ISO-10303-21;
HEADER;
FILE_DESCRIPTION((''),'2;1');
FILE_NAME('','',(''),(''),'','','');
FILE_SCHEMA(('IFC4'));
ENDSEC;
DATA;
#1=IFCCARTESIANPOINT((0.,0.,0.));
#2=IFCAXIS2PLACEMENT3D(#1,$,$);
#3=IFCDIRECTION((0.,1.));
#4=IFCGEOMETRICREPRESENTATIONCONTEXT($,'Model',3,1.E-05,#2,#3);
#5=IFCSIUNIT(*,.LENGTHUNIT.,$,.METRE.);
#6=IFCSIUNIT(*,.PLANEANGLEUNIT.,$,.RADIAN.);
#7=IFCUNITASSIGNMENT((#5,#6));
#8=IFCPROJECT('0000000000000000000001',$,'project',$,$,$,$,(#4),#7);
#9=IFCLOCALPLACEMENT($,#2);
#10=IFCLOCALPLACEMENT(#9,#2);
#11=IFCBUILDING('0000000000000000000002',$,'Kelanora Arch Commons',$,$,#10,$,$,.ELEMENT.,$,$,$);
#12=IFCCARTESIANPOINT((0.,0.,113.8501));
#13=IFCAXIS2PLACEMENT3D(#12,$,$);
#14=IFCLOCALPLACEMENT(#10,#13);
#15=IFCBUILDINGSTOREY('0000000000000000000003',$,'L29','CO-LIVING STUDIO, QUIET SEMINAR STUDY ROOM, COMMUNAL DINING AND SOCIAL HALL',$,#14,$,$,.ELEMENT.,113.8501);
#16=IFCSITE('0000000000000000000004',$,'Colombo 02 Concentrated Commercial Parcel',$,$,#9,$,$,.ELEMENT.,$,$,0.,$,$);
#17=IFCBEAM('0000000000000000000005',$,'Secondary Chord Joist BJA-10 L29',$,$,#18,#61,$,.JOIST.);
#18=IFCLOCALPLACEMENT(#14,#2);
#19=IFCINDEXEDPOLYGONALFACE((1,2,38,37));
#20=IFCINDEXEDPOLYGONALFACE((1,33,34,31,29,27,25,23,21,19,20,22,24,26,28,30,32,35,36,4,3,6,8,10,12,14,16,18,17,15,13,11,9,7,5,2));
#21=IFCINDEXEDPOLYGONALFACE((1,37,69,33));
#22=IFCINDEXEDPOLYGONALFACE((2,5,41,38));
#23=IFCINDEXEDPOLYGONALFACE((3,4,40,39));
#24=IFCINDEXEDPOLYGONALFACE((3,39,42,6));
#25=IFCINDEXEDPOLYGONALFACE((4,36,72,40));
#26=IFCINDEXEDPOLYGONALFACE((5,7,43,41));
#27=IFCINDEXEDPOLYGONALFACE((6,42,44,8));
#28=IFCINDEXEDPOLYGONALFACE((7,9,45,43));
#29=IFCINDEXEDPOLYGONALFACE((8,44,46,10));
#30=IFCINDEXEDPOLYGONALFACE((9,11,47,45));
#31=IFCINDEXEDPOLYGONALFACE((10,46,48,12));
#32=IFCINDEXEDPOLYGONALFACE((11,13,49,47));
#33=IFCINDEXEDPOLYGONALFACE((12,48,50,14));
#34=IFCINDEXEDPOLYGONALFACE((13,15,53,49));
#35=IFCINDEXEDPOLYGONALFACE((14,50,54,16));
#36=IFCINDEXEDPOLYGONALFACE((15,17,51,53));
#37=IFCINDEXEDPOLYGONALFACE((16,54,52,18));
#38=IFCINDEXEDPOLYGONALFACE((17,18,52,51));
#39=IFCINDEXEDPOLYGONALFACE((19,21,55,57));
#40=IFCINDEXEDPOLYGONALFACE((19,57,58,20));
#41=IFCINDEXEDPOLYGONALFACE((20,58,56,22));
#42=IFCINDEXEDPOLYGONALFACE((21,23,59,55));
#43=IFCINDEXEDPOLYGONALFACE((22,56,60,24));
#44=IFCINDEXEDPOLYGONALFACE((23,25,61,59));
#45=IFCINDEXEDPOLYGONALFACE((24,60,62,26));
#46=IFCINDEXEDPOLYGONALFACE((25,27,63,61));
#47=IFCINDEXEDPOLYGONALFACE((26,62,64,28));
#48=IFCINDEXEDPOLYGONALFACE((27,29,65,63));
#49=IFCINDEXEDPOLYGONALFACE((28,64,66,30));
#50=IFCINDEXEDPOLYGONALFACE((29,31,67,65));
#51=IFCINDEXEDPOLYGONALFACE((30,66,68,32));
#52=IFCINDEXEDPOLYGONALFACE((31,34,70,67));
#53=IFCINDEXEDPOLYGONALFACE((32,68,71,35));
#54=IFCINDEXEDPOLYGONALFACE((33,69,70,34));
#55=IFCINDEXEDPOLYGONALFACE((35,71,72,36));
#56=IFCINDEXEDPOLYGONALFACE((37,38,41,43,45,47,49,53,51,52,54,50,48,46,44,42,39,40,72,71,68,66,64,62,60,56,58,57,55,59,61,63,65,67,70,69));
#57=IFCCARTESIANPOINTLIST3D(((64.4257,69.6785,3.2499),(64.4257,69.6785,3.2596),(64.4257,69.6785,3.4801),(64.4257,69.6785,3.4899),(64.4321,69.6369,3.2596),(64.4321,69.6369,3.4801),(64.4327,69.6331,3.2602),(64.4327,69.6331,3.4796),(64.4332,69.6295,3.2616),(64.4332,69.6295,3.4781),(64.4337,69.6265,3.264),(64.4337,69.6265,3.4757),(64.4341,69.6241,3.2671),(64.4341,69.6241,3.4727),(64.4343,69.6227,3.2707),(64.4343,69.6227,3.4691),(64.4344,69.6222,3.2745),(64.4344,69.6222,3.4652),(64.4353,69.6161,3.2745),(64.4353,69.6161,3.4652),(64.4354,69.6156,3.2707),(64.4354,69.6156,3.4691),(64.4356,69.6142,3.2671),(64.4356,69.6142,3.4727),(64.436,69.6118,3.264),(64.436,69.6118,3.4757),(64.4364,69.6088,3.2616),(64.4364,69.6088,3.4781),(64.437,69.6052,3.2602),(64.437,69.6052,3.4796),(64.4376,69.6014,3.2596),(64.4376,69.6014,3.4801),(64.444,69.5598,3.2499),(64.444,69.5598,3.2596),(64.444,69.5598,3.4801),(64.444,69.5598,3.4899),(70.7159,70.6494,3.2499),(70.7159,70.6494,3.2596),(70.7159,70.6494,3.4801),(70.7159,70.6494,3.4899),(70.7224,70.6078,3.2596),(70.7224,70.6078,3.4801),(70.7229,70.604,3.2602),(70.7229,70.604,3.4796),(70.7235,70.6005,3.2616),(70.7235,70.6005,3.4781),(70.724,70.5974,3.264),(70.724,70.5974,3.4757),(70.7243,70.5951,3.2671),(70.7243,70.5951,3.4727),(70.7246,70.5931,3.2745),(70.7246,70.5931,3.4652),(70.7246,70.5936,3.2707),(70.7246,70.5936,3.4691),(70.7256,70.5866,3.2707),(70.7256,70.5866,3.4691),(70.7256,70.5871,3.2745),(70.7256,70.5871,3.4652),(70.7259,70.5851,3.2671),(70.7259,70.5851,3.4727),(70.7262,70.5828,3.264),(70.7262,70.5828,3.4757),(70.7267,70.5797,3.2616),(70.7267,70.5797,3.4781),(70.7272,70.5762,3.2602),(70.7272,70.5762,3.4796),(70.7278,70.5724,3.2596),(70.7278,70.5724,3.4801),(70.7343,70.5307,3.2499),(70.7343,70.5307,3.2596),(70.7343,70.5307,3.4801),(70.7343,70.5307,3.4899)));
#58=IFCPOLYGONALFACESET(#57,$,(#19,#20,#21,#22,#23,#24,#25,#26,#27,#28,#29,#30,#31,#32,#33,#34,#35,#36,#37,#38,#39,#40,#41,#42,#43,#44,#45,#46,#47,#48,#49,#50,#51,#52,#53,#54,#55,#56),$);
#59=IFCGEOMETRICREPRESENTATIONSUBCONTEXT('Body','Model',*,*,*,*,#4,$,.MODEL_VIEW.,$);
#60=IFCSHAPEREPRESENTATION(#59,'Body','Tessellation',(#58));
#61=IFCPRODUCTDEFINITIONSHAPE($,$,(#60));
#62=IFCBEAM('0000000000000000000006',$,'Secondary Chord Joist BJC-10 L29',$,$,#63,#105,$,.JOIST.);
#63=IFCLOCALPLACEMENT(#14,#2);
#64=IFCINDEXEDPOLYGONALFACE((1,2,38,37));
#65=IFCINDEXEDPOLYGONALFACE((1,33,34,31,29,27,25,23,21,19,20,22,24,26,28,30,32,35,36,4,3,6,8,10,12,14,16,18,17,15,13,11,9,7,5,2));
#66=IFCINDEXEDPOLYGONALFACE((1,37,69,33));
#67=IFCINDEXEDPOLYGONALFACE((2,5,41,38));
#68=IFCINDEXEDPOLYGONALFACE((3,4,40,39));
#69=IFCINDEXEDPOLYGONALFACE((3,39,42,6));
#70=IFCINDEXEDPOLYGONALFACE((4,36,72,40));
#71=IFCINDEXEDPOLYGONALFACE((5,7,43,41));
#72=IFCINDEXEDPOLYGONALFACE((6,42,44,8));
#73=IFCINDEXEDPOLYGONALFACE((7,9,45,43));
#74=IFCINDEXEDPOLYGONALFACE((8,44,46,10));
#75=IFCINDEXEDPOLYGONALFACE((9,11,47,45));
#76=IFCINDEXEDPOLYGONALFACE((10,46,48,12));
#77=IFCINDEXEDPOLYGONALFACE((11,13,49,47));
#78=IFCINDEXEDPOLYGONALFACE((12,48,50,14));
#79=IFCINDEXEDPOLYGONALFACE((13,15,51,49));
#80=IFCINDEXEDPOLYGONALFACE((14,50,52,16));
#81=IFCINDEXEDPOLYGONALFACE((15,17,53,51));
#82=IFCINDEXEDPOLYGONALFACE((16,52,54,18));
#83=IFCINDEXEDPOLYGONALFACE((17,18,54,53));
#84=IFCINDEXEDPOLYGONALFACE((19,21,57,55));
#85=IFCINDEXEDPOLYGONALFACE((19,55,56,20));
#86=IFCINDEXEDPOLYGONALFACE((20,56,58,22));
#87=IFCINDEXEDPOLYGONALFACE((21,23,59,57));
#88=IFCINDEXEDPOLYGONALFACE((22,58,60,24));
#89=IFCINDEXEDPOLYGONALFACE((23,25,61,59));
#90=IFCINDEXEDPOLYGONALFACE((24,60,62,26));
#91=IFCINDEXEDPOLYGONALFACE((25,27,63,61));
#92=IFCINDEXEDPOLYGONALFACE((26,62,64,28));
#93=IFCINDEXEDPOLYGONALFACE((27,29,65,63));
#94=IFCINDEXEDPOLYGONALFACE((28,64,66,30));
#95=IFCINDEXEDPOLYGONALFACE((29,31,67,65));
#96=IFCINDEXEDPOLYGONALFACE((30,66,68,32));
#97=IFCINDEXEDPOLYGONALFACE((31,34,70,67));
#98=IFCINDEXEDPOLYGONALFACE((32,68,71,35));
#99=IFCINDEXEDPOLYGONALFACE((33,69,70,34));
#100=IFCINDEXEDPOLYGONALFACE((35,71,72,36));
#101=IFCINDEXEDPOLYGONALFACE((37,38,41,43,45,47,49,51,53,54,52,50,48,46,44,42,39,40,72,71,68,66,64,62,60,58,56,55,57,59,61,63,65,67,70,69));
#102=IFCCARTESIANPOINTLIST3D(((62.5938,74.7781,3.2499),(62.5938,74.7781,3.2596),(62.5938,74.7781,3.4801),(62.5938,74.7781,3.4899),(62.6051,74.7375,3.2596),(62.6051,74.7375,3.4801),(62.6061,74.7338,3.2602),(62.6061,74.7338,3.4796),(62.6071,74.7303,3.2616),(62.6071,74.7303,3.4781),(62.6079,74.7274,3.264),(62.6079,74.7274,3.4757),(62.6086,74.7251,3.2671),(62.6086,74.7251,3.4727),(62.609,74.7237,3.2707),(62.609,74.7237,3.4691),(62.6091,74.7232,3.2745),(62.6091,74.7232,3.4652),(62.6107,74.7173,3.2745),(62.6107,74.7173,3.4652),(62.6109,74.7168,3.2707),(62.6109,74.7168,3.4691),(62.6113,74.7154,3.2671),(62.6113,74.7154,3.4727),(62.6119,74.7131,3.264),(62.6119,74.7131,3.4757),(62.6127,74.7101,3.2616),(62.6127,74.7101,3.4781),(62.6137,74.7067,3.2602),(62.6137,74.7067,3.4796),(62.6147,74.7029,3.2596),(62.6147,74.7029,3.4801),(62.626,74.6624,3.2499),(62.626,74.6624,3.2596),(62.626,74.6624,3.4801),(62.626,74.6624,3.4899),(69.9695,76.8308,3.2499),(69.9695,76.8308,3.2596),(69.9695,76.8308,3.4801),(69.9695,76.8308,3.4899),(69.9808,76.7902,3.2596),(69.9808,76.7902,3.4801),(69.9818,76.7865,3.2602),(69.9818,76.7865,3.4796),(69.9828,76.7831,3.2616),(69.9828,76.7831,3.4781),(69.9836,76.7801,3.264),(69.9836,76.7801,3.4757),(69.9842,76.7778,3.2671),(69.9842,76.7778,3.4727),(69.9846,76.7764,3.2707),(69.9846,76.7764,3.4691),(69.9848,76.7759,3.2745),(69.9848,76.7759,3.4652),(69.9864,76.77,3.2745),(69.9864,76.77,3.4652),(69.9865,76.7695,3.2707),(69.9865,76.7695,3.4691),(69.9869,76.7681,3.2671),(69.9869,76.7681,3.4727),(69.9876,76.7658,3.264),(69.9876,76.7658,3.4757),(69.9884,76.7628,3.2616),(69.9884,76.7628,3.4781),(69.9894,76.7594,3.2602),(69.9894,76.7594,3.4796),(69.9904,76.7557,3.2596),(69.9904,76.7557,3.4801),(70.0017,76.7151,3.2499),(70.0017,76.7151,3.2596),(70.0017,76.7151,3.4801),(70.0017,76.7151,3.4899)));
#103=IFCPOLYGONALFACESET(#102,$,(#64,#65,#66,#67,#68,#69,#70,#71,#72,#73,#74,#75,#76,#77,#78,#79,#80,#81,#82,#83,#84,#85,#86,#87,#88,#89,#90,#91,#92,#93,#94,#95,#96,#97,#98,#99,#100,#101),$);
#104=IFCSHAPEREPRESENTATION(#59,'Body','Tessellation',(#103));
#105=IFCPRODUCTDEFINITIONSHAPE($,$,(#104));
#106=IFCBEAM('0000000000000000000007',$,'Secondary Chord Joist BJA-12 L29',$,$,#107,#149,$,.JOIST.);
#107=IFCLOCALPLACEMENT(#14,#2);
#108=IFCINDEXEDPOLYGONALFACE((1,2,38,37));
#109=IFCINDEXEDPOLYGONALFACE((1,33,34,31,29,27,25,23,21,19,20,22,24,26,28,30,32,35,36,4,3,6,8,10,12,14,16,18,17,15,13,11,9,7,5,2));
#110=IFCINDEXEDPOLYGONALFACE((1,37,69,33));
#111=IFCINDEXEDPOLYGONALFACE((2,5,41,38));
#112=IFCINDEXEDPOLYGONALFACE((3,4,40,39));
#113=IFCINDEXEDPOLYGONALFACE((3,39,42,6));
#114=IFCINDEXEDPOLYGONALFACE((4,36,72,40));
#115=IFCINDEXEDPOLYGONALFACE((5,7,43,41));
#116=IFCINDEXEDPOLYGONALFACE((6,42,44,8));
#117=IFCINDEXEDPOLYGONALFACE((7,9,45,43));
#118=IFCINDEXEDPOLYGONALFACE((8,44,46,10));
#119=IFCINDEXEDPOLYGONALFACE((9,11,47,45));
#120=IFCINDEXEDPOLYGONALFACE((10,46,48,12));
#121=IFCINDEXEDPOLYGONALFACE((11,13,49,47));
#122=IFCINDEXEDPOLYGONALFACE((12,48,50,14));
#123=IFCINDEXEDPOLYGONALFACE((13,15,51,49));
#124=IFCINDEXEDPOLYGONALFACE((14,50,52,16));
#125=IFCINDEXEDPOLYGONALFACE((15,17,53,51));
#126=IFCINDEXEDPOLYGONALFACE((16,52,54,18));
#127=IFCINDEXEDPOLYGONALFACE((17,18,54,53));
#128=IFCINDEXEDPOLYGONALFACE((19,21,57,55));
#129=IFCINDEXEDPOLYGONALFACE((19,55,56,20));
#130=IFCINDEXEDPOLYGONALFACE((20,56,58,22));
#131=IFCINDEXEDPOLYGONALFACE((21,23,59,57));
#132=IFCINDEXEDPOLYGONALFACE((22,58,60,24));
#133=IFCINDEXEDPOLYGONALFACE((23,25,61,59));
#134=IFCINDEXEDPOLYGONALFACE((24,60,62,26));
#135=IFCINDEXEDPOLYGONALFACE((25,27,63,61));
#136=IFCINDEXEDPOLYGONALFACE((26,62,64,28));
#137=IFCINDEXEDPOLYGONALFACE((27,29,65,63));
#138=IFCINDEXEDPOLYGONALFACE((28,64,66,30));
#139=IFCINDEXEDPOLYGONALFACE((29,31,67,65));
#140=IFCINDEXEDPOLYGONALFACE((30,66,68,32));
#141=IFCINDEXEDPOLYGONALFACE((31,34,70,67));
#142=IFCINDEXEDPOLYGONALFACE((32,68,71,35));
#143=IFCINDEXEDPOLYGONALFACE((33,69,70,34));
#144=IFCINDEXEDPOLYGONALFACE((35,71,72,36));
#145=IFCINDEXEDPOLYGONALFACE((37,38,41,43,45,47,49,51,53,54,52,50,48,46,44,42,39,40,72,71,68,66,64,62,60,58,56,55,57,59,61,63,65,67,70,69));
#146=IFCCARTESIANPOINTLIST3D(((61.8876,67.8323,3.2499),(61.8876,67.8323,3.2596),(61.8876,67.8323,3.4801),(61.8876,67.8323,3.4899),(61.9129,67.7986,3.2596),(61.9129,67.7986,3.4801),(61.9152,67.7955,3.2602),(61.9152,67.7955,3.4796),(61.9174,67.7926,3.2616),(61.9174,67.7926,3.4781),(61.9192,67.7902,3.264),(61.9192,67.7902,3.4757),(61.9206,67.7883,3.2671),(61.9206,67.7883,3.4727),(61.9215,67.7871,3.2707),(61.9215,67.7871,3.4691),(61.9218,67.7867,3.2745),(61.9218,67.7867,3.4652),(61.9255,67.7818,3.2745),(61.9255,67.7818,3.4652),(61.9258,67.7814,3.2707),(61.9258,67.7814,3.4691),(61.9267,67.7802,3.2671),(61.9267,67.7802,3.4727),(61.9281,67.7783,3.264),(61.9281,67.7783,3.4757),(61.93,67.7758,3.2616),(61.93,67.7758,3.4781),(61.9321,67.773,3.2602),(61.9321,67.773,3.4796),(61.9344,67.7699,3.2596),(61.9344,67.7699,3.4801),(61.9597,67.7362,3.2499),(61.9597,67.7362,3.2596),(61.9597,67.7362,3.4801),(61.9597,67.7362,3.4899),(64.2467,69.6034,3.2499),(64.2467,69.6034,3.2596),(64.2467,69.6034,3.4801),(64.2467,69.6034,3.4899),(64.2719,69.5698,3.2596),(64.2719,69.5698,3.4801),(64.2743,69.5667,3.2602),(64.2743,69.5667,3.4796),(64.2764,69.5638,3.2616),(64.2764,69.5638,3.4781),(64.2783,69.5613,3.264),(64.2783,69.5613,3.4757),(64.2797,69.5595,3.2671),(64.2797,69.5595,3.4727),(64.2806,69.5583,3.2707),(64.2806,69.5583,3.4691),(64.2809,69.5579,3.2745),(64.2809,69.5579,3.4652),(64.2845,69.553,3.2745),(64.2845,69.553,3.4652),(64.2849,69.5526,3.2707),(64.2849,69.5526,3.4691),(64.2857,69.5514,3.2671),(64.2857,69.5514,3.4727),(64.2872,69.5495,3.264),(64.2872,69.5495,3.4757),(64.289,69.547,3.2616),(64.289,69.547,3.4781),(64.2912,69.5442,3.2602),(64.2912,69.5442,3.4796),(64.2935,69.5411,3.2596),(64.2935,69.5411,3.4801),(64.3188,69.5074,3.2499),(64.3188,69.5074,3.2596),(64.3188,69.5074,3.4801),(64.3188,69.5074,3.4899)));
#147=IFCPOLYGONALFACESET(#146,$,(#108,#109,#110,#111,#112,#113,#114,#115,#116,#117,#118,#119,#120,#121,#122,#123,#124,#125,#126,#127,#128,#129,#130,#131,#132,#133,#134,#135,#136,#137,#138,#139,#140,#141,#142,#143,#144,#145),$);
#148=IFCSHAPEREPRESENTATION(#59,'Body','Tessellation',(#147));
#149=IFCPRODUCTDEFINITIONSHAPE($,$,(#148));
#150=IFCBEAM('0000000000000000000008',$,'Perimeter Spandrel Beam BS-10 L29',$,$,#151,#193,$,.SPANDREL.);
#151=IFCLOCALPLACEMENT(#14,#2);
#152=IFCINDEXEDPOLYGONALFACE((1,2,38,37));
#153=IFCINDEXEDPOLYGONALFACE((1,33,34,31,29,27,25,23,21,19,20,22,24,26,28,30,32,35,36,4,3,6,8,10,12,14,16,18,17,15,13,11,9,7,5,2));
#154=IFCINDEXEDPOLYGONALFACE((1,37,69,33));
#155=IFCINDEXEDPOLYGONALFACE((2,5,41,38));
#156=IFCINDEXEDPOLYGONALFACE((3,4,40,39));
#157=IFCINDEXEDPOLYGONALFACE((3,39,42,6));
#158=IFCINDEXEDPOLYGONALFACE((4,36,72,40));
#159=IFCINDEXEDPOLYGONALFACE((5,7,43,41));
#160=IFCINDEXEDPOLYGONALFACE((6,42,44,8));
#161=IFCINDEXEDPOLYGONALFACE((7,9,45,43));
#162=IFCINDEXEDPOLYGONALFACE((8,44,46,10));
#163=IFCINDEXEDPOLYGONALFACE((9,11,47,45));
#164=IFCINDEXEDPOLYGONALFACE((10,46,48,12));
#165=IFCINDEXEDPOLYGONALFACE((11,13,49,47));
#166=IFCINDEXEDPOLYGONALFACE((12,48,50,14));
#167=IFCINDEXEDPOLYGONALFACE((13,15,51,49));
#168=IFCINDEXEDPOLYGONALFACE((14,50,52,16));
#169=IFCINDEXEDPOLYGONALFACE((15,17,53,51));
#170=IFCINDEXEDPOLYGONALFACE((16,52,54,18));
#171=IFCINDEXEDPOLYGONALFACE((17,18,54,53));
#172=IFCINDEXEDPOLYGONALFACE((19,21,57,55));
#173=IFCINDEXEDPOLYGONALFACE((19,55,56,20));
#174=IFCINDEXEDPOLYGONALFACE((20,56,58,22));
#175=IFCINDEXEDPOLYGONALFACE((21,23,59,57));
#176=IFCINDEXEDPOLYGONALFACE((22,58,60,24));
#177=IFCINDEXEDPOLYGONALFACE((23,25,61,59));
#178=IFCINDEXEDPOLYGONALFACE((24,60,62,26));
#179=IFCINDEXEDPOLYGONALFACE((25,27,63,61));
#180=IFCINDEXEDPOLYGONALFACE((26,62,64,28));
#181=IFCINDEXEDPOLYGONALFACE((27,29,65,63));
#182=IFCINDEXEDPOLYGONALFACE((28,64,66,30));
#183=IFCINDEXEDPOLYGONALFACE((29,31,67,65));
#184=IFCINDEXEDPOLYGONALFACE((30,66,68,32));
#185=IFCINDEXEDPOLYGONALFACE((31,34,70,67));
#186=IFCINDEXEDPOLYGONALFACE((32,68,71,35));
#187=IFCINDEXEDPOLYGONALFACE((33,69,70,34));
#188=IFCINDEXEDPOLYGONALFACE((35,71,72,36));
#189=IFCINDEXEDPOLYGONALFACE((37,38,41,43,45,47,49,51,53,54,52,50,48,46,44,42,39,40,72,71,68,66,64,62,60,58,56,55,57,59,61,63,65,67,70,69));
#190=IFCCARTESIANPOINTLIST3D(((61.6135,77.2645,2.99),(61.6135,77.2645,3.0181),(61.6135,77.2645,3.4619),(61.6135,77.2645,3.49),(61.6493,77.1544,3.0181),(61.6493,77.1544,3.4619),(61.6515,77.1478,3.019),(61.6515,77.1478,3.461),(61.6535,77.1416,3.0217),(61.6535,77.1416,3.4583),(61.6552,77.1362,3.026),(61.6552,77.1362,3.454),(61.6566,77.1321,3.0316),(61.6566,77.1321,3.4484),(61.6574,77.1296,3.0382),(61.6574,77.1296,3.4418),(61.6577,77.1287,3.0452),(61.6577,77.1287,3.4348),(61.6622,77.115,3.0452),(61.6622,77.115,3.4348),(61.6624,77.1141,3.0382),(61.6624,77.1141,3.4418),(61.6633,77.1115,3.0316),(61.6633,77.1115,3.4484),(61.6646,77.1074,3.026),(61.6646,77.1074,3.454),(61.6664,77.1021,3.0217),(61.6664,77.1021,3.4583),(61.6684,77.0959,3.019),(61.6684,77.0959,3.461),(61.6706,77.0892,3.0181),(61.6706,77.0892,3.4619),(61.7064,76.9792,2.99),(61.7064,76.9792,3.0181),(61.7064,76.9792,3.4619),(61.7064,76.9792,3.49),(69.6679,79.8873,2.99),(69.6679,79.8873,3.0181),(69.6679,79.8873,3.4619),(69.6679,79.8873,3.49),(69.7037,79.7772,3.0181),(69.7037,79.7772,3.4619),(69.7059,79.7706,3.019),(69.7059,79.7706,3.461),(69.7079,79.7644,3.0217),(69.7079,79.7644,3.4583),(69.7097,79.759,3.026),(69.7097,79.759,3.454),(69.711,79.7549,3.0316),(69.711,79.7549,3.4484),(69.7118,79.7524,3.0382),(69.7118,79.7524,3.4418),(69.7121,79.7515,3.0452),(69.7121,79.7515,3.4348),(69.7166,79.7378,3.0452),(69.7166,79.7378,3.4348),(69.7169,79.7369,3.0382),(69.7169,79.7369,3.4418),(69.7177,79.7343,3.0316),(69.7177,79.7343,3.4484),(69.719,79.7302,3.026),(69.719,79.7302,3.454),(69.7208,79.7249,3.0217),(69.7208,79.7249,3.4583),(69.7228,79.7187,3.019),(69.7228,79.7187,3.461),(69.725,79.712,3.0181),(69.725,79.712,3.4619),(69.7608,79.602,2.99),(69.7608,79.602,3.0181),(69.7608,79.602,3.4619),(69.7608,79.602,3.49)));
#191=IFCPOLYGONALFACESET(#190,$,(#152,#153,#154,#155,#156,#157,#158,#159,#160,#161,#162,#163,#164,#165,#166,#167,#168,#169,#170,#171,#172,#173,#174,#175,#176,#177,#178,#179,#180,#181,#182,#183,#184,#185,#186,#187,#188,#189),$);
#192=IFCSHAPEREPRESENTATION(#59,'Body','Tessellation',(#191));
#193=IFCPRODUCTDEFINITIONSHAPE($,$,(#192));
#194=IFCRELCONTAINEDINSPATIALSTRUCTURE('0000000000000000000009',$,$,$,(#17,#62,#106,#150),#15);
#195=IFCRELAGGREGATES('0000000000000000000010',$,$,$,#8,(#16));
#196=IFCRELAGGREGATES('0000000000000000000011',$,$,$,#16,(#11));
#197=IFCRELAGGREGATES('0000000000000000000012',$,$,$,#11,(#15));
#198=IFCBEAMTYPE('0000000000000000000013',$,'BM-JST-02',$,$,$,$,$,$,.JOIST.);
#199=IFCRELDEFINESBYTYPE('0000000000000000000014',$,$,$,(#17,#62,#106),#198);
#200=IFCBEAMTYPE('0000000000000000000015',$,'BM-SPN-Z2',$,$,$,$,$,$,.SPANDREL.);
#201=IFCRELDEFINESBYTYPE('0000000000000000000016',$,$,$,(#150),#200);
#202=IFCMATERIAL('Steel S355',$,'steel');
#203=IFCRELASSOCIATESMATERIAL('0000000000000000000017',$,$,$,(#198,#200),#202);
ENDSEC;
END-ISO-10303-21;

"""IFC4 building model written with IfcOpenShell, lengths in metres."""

from ifc_helpers import new_model, si_unit, direction, frame, origin, origin_2d, place, context, subcontext, project, spatial, i_section, extrude, material, material_profile, profile_set, type_object, element, save


model = new_model("IFC4")

# Units and contexts
model_context = context("Model", 3, precision=1e-05, world=origin(), true_north=direction((0.0, 1.0)))
body_context = subcontext(model_context, "Body", "Model", "MODEL_VIEW")
ifc_project = project(units=[si_unit("LENGTHUNIT", "METRE"), si_unit("PLANEANGLEUNIT", "RADIAN")], contexts=[model_context])

# Site, building, storey
site_placement = place(None, origin())
site = spatial("IfcSite", under=ifc_project, at=site_placement, Name="Colombo 02 Concentrated Commercial Parcel", CompositionType="ELEMENT", RefElevation=0.0)
building_placement = place(site_placement, origin())
building = spatial("IfcBuilding", under=site, at=building_placement, Name="Kelanora Arch Commons", CompositionType="ELEMENT")
storey_placement = place(building_placement, frame((0.0, 0.0, 113.8501)))
storey = spatial("IfcBuildingStorey", under=building, at=storey_placement, Name="L29", Description="CO-LIVING STUDIO, QUIET SEMINAR STUDY ROOM, COMMUNAL DINING AND SOCIAL HALL", CompositionType="ELEMENT", Elevation=113.8501)

# Beams
ifc_material_1 = material(Name="Steel S355", Category="steel")
ifc_material_profile_1 = material_profile(ifc_material_1, i_section(OverallWidth=0.1201, OverallDepth=0.24, WebThickness=0.0061, FlangeThickness=0.0098, FilletRadius=0.0149, at=origin_2d()), Name="IPE240")
ifc_profile_set_1 = profile_set([ifc_material_profile_1], Name="Steel S355")
beam_type_1 = type_object("IfcBeamType", Name="BM-JST-02", PredefinedType="JOIST", material=ifc_profile_set_1)
beam_1_placement = place(storey_placement, frame((70.7251, 70.5901, 3.3699), z_axis=(-0.988296, -0.15255, 0.0), x_axis=(0.15255, -0.988296, 0.0)))
element("IfcBeam", 1, at=beam_1_placement, inside=storey, type_object=beam_type_1, Name="Secondary Chord Joist BJA-10 L29", PredefinedType="JOIST", context=body_context, shape_type="SweptSolid", body=[
    extrude(i_section(OverallWidth=0.1201, OverallDepth=0.24, WebThickness=0.0061, FlangeThickness=0.0098, FilletRadius=0.0149, at=origin_2d()), origin(), (0.0, 0.0, 1.0), 6.3647),
])
beam_2_placement = place(storey_placement, frame((69.9856, 76.7729, 3.3699), z_axis=(-0.963386, -0.268119, 0.0), x_axis=(0.268119, -0.963386, 0.0)))
element("IfcBeam", 2, at=beam_2_placement, inside=storey, type_object=beam_type_1, Name="Secondary Chord Joist BJC-10 L29", PredefinedType="JOIST", context=body_context, shape_type="SweptSolid", body=[
    extrude(i_section(OverallWidth=0.1201, OverallDepth=0.24, WebThickness=0.0061, FlangeThickness=0.0098, FilletRadius=0.0149, at=origin_2d()), origin(), (0.0, 0.0, 1.0), 7.656),
])
beam_3_placement = place(storey_placement, frame((64.2827, 69.5554, 3.3699), z_axis=(-0.799692, -0.60041, 0.0), x_axis=(0.60041, -0.799692, 0.0)))
element("IfcBeam", 3, at=beam_3_placement, inside=storey, type_object=beam_type_1, Name="Secondary Chord Joist BJA-12 L29", PredefinedType="JOIST", context=body_context, shape_type="SweptSolid", body=[
    extrude(i_section(OverallWidth=0.1201, OverallDepth=0.24, WebThickness=0.0061, FlangeThickness=0.0098, FilletRadius=0.0149, at=origin_2d()), origin(), (0.0, 0.0, 1.0), 2.95),
])
ifc_material_profile_2 = material_profile(ifc_material_1, i_section(OverallWidth=0.3, OverallDepth=0.5, WebThickness=0.0144, FlangeThickness=0.0281, FilletRadius=0.0271, at=origin_2d()), Name="HEB500")
ifc_profile_set_2 = profile_set([ifc_material_profile_2], Name="Steel S355")
beam_type_2 = type_object("IfcBeamType", Name="BM-SPN-Z2", PredefinedType="SPANDREL", material=ifc_profile_set_2)
beam_4_placement = place(storey_placement, frame((69.7144, 79.7446, 3.24), z_axis=(-0.950857, -0.309631, 0.0), x_axis=(0.309631, -0.950857, 0.0)))
element("IfcBeam", 4, at=beam_4_placement, inside=storey, type_object=beam_type_2, Name="Perimeter Spandrel Beam BS-10 L29", PredefinedType="SPANDREL", context=body_context, shape_type="SweptSolid", body=[
    extrude(i_section(OverallWidth=0.3, OverallDepth=0.5, WebThickness=0.0144, FlangeThickness=0.0281, FilletRadius=0.0271, at=origin_2d()), origin(), (0.0, 0.0, 1.0), 8.4707),
])

save(model, "model.ifc")
